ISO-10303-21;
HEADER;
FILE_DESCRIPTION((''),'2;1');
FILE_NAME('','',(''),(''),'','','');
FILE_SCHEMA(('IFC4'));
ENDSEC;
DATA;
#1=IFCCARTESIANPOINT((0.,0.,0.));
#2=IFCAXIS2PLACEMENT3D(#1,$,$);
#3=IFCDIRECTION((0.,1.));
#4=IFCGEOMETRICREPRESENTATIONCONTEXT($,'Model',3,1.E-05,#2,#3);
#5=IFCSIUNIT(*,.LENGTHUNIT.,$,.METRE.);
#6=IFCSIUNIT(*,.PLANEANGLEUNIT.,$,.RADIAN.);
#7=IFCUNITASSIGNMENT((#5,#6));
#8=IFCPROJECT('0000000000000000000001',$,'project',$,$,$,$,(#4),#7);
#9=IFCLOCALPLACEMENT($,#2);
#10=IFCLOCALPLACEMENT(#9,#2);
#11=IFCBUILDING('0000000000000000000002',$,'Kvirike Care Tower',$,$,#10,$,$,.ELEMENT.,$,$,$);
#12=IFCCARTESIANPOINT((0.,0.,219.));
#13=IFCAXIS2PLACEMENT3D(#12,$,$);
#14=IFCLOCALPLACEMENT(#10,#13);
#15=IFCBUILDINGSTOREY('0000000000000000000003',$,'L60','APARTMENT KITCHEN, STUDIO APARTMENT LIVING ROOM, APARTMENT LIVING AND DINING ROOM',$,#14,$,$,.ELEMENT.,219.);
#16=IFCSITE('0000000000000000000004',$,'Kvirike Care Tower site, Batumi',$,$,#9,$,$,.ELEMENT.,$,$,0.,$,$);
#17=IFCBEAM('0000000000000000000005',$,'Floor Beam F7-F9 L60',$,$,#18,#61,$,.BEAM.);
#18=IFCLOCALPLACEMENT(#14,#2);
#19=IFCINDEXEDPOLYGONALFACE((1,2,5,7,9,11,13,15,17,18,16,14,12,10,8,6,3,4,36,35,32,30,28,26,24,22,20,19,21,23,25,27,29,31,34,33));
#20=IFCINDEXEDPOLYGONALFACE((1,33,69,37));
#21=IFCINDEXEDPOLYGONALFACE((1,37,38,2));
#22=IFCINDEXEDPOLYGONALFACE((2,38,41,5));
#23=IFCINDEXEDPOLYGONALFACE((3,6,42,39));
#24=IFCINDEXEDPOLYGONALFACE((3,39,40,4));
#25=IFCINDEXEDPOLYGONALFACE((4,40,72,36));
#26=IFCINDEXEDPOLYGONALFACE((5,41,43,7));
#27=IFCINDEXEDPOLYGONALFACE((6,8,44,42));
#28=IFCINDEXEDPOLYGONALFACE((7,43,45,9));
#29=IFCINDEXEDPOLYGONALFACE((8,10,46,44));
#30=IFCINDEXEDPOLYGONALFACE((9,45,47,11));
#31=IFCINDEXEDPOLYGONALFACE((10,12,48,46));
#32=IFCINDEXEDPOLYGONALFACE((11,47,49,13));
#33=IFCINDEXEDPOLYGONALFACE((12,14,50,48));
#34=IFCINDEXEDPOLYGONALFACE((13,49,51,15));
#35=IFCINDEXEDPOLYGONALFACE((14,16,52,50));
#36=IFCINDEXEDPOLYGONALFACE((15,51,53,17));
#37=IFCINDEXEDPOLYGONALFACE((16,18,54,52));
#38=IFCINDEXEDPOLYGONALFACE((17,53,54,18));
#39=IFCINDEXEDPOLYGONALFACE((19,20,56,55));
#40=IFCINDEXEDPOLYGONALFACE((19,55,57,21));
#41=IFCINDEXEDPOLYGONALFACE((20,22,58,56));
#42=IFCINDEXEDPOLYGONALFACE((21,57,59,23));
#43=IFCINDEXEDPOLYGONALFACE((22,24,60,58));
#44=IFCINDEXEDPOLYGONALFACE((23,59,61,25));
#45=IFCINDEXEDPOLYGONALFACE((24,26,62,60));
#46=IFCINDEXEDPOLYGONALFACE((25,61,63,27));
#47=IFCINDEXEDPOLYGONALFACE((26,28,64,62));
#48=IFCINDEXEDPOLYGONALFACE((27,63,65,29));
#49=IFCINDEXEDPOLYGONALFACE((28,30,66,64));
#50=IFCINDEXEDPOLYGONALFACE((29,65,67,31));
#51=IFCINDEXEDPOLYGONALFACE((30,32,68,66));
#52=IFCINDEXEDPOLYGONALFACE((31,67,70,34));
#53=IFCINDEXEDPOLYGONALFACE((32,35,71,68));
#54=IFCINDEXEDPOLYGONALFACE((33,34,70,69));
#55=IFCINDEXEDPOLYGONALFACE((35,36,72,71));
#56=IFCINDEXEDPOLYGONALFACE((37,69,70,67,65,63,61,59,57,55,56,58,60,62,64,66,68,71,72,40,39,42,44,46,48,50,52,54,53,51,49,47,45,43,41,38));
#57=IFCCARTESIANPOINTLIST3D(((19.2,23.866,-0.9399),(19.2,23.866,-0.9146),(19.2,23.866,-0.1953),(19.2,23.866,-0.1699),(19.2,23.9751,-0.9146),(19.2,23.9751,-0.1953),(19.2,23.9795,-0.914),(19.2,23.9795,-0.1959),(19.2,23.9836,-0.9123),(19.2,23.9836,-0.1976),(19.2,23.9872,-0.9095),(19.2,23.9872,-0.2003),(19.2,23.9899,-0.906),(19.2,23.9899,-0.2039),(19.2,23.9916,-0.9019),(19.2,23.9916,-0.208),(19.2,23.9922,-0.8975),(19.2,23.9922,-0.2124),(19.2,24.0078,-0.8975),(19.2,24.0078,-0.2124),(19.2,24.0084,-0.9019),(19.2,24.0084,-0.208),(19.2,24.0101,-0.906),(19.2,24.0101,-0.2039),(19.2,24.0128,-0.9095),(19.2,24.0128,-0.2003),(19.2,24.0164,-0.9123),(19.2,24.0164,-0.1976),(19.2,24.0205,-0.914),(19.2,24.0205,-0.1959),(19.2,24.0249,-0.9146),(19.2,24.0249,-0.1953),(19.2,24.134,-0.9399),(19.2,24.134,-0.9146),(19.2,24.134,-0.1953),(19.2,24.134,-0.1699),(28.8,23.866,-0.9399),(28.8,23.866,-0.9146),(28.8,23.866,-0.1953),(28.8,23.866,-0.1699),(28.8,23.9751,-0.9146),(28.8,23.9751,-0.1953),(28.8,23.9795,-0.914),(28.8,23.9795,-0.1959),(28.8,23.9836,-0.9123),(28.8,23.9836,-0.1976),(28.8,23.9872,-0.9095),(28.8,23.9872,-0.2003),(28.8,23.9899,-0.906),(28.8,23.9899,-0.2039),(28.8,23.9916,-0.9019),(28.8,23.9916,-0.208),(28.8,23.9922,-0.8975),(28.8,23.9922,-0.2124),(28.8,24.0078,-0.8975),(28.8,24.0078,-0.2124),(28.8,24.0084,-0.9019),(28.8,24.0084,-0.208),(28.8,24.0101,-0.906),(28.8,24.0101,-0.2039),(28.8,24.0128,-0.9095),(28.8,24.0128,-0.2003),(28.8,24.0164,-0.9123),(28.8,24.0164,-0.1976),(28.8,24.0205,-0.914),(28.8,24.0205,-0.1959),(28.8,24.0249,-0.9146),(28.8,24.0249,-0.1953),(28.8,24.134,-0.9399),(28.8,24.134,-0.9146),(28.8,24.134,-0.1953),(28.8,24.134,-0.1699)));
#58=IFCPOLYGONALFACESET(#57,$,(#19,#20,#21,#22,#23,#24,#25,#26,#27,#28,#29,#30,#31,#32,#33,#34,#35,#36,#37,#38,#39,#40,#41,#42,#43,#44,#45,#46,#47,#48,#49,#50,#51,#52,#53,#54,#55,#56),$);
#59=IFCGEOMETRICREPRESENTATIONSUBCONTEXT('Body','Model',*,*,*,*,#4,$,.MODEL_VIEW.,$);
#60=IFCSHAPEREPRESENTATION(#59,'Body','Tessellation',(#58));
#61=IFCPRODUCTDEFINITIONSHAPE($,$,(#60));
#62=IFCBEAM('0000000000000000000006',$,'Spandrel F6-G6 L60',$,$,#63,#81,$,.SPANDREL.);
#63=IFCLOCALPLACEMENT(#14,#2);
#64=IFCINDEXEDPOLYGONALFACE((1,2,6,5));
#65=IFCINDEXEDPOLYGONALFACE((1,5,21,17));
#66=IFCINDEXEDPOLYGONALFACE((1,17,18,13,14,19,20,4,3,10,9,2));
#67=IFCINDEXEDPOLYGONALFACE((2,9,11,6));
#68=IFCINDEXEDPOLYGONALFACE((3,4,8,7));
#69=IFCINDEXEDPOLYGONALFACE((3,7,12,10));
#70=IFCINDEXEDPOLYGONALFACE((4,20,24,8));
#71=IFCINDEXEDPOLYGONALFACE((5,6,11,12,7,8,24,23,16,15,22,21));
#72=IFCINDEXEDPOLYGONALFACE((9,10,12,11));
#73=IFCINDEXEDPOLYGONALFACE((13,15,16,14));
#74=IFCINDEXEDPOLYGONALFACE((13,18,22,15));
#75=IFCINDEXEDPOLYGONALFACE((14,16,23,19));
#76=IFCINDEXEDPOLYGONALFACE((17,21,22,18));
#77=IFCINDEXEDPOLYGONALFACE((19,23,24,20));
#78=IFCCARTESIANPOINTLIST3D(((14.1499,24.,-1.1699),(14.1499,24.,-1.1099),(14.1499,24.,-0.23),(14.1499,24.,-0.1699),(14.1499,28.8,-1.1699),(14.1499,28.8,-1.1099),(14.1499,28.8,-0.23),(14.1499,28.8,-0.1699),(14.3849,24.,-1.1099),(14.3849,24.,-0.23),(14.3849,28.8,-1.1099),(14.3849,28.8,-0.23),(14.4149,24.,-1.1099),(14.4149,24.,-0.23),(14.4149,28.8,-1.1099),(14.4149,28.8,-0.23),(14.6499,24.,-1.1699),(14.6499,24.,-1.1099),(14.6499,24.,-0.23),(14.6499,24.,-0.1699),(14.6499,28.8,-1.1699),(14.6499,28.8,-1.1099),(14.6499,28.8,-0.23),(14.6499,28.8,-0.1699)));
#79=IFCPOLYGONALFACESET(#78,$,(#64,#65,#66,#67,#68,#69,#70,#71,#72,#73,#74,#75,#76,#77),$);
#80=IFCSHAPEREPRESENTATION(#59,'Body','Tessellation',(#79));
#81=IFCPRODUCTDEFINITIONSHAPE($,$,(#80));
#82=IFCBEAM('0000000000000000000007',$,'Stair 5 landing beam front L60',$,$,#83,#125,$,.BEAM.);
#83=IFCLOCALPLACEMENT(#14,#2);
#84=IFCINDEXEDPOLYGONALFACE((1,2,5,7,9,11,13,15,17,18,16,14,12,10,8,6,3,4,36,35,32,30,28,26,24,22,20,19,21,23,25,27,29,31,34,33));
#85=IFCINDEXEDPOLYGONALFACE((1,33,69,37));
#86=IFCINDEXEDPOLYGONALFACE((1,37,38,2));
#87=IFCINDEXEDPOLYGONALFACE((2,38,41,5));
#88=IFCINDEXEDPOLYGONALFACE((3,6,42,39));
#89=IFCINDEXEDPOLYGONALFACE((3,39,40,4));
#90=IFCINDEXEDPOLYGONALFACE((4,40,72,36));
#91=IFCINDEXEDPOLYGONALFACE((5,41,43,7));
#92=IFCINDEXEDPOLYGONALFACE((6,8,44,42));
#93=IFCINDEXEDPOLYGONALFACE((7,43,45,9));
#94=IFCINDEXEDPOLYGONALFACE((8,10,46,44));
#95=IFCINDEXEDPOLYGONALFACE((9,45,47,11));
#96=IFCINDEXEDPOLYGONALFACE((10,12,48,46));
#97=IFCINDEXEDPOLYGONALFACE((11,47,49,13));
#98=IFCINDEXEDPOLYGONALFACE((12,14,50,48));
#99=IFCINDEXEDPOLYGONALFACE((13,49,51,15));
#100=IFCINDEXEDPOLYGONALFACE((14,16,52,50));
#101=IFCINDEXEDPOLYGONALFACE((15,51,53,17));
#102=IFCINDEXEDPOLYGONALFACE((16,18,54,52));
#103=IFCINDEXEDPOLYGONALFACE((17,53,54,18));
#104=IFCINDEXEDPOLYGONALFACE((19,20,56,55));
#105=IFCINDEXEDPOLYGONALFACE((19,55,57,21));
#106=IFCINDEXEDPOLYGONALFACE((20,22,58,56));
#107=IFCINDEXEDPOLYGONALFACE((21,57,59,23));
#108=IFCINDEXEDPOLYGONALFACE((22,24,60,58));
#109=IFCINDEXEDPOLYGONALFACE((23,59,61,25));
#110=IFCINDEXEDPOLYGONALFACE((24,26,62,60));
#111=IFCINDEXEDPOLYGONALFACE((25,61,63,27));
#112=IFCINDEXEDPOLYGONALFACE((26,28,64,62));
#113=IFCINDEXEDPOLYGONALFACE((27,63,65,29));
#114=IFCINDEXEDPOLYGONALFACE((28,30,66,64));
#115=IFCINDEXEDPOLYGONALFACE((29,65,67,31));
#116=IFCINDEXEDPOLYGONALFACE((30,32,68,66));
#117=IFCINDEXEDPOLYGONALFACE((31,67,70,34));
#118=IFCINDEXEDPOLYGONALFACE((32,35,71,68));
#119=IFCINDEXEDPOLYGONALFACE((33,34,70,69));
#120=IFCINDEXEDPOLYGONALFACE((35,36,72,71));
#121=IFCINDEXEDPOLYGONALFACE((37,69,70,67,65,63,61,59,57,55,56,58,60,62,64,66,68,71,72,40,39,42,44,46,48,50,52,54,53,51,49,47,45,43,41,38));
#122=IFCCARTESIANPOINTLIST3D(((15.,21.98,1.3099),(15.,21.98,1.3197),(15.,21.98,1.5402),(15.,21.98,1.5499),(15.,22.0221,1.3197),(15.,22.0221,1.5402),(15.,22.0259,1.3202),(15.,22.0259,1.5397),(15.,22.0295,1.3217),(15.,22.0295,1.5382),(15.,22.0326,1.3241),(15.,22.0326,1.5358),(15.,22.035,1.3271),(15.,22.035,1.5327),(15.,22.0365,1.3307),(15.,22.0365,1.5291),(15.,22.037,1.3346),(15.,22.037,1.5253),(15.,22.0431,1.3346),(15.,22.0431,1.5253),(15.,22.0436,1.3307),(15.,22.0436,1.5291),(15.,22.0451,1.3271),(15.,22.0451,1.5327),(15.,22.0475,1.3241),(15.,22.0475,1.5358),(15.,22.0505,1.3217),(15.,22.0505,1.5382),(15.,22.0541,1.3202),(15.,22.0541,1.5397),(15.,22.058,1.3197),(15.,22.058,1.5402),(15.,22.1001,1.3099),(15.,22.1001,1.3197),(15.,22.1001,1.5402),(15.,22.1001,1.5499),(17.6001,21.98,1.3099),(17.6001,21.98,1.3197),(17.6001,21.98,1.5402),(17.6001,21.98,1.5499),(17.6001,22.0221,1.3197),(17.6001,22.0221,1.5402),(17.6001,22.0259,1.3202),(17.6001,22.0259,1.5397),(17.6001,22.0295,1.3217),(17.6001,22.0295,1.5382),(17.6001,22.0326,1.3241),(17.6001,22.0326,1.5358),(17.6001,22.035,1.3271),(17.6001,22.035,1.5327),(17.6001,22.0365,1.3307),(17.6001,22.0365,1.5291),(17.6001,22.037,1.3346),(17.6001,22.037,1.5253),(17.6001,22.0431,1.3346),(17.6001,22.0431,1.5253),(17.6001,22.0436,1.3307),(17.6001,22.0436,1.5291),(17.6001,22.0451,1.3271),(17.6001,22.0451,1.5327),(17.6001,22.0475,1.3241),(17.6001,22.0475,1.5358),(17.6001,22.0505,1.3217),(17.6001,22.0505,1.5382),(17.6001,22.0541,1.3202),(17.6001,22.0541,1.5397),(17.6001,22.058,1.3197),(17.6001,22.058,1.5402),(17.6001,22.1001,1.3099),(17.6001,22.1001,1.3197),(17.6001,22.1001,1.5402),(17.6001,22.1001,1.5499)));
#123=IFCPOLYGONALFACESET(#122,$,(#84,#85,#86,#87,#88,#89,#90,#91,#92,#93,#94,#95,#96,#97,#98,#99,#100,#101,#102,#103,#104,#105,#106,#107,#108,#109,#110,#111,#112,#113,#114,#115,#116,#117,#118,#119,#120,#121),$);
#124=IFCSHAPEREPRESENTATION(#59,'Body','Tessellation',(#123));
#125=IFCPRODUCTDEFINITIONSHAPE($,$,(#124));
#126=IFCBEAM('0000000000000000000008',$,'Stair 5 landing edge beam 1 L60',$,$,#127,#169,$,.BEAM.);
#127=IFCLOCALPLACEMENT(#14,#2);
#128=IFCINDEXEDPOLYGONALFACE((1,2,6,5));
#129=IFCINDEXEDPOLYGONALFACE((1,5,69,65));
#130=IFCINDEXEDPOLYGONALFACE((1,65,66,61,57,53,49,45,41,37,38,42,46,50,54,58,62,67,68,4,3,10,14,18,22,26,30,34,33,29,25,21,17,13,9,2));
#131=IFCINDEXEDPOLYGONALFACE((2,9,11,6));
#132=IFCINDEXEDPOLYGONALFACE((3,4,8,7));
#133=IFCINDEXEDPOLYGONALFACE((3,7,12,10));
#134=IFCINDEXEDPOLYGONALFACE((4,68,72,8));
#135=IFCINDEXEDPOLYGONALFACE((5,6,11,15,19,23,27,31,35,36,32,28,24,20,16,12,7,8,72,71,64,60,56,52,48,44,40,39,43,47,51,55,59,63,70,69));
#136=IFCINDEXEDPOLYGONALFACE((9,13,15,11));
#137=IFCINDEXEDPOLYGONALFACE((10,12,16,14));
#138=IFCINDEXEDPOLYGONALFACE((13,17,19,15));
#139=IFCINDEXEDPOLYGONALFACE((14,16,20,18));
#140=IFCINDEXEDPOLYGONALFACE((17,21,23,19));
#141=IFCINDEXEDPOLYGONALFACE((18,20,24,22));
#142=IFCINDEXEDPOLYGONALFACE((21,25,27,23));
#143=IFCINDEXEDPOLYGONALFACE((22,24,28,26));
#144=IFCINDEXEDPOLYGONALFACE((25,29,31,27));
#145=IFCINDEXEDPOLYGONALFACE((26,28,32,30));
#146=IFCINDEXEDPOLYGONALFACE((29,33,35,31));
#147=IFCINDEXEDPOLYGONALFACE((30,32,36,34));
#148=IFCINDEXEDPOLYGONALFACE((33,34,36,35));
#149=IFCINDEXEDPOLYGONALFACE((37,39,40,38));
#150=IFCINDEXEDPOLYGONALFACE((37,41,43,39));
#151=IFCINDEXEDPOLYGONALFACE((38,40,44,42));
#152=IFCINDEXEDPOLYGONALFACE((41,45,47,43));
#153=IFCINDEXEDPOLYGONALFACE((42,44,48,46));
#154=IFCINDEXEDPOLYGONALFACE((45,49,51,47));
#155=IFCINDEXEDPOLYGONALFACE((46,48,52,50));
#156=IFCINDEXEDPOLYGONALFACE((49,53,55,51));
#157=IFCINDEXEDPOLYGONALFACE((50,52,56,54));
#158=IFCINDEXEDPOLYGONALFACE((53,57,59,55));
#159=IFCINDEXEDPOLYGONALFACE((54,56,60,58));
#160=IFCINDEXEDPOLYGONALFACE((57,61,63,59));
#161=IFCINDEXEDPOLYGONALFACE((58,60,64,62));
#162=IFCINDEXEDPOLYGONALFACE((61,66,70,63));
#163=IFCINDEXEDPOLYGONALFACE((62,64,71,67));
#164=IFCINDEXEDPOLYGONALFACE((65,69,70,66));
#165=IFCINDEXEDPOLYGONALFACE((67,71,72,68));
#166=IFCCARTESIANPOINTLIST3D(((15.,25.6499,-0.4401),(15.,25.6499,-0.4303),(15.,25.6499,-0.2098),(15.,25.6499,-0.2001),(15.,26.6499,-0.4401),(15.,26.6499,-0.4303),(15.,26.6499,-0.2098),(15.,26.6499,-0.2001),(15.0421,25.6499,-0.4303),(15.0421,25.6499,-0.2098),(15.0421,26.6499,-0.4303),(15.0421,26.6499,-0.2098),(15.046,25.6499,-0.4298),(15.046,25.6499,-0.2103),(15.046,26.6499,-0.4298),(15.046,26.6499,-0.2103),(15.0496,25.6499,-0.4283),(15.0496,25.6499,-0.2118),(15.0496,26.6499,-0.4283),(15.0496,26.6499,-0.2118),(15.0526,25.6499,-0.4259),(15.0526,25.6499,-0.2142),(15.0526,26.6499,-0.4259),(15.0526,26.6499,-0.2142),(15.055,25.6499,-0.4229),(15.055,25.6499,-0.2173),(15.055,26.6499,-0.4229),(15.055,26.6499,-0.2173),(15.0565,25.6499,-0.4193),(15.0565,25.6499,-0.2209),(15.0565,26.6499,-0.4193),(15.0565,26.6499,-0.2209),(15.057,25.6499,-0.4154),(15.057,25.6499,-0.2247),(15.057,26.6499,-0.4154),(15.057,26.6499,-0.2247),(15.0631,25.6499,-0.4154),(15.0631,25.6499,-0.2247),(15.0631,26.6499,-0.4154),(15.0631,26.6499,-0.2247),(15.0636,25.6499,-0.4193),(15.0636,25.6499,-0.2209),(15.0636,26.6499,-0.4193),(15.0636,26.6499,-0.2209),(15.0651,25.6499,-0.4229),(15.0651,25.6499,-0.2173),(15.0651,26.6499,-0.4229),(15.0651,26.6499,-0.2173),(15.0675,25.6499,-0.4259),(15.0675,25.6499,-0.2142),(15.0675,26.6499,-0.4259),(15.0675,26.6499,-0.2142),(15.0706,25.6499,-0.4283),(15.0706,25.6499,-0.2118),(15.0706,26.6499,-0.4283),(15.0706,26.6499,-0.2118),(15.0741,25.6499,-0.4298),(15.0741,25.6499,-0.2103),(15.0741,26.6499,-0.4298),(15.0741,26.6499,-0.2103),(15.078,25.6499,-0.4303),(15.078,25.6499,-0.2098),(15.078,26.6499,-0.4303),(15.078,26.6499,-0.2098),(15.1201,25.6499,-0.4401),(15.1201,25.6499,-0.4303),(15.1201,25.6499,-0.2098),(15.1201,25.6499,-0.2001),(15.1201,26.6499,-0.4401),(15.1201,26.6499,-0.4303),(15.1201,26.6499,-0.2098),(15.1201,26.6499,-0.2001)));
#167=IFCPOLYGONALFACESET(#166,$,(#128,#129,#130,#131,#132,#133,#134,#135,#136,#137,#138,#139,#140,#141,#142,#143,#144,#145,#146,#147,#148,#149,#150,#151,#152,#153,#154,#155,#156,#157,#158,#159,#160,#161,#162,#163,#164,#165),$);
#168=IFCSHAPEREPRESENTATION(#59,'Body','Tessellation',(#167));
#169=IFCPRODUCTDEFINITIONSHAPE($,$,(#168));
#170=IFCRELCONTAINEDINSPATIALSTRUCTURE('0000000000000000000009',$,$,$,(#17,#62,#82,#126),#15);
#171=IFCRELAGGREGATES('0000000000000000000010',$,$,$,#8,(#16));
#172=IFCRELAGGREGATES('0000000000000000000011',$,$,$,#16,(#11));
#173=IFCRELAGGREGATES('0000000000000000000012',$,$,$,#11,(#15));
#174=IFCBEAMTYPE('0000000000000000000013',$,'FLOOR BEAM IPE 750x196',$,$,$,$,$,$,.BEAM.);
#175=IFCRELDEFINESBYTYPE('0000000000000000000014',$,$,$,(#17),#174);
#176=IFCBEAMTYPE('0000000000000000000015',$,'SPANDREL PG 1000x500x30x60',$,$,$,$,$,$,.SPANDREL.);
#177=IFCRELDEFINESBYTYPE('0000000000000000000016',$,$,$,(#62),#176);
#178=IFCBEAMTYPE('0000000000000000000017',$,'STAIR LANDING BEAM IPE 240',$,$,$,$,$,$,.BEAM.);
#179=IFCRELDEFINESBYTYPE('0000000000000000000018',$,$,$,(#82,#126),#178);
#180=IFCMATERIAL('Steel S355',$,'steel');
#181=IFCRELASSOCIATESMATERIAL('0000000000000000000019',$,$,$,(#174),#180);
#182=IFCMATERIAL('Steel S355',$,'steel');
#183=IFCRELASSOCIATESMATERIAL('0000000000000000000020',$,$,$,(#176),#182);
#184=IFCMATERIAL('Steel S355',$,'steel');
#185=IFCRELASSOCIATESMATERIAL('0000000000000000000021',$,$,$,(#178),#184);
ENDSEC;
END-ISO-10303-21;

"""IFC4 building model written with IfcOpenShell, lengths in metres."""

from ifc_helpers import new_model, si_unit, direction, frame, origin, origin_2d, place, context, subcontext, project, spatial, i_section, extrude, material, material_profile, profile_set, type_object, element, save


model = new_model("IFC4")

# Units and contexts
model_context = context("Model", 3, precision=1e-05, world=origin(), true_north=direction((0.0, 1.0)))
body_context = subcontext(model_context, "Body", "Model", "MODEL_VIEW")
ifc_project = project(units=[si_unit("LENGTHUNIT", "METRE"), si_unit("PLANEANGLEUNIT", "RADIAN")], contexts=[model_context])

# Site, building, storey
site_placement = place(None, origin())
site = spatial("IfcSite", under=ifc_project, at=site_placement, Name="Kvirike Care Tower site, Batumi", CompositionType="ELEMENT", RefElevation=0.0)
building_placement = place(site_placement, origin())
building = spatial("IfcBuilding", under=site, at=building_placement, Name="Kvirike Care Tower", CompositionType="ELEMENT")
storey_placement = place(building_placement, frame((0.0, 0.0, 219.0)))
storey = spatial("IfcBuildingStorey", under=building, at=storey_placement, Name="L60", Description="APARTMENT KITCHEN, STUDIO APARTMENT LIVING ROOM, APARTMENT LIVING AND DINING ROOM", CompositionType="ELEMENT", Elevation=219.0)

# Beams
ifc_material_1 = material(Name="Steel S355", Category="steel")
ifc_material_profile_1 = material_profile(ifc_material_1, i_section(OverallWidth=0.2681, OverallDepth=0.77, WebThickness=0.0156, FlangeThickness=0.0254, FilletRadius=0.0171, at=origin_2d()), Name="IPE 750x196")
ifc_profile_set_1 = profile_set([ifc_material_profile_1], Name="Steel S355")
beam_type_1 = type_object("IfcBeamType", Name="FLOOR BEAM IPE 750x196", PredefinedType="BEAM", material=ifc_profile_set_1)
beam_1_placement = place(storey_placement, frame((19.2, 24.0, -0.5549), z_axis=(1.0, 0.0, 0.0), x_axis=(0.0, 1.0, 0.0)))
element("IfcBeam", 1, at=beam_1_placement, inside=storey, type_object=beam_type_1, Name="Floor Beam F7-F9 L60", PredefinedType="BEAM", context=body_context, shape_type="SweptSolid", body=[
    extrude(i_section(OverallWidth=0.2681, OverallDepth=0.77, WebThickness=0.0156, FlangeThickness=0.0254, FilletRadius=0.0171, at=origin_2d()), origin(), (0.0, 0.0, 1.0), 9.6001),
])
ifc_material_2 = material(Name="Steel S355", Category="steel")
ifc_material_profile_2 = material_profile(ifc_material_2, i_section(OverallWidth=0.5, OverallDepth=1.0, WebThickness=0.03, FlangeThickness=0.0601, at=origin_2d()), Name="PG 1000x500x30x60")
ifc_profile_set_2 = profile_set([ifc_material_profile_2], Name="Steel S355")
beam_type_2 = type_object("IfcBeamType", Name="SPANDREL PG 1000x500x30x60", PredefinedType="SPANDREL", material=ifc_profile_set_2)
beam_2_placement = place(storey_placement, frame((14.3999, 24.0, -0.6699), z_axis=(0.0, 1.0, 0.0), x_axis=(-1.0, 0.0, 0.0)))
element("IfcBeam", 2, at=beam_2_placement, inside=storey, type_object=beam_type_2, Name="Spandrel F6-G6 L60", PredefinedType="SPANDREL", context=body_context, shape_type="SweptSolid", body=[
    extrude(i_section(OverallWidth=0.5, OverallDepth=1.0, WebThickness=0.03, FlangeThickness=0.0601, at=origin_2d()), origin(), (0.0, 0.0, 1.0), 4.8),
])
ifc_material_3 = material(Name="Steel S355", Category="steel")
ifc_material_profile_3 = material_profile(ifc_material_3, i_section(OverallWidth=0.1201, OverallDepth=0.24, WebThickness=0.0061, FlangeThickness=0.0098, FilletRadius=0.0149, at=origin_2d()), Name="IPE 240")
ifc_profile_set_3 = profile_set([ifc_material_profile_3], Name="Steel S355")
beam_type_3 = type_object("IfcBeamType", Name="STAIR LANDING BEAM IPE 240", PredefinedType="BEAM", material=ifc_profile_set_3)
beam_3_placement = place(storey_placement, frame((15.0, 22.04, 1.4299), z_axis=(1.0, 0.0, 0.0), x_axis=(0.0, 1.0, 0.0)))
element("IfcBeam", 3, at=beam_3_placement, inside=storey, type_object=beam_type_3, Name="Stair 5 landing beam front L60", PredefinedType="BEAM", context=body_context, shape_type="SweptSolid", body=[
    extrude(i_section(OverallWidth=0.1201, OverallDepth=0.24, WebThickness=0.0061, FlangeThickness=0.0098, FilletRadius=0.0149, at=origin_2d()), origin(), (0.0, 0.0, 1.0), 2.6001),
])
for number, where, z_axis, x_axis, name in (
    (4, (15.0601, 25.6499, -0.3201), (0.0, 1.0, 0.0), (-1.0, 0.0, 0.0), "Stair 5 landing edge beam 1 L60"),
):
    element("IfcBeam", number, at=place(storey_placement, frame(where, z_axis=z_axis, x_axis=x_axis)), inside=storey, type_object=beam_type_3, Name=name, PredefinedType="BEAM", context=body_context, shape_type="SweptSolid", body=[
        extrude(i_section(OverallWidth=0.1201, OverallDepth=0.24, WebThickness=0.0061, FlangeThickness=0.0098, FilletRadius=0.0149, at=origin_2d()), origin(), (0.0, 0.0, 1.0), 1.0),
    ])

save(model, "model.ifc")
